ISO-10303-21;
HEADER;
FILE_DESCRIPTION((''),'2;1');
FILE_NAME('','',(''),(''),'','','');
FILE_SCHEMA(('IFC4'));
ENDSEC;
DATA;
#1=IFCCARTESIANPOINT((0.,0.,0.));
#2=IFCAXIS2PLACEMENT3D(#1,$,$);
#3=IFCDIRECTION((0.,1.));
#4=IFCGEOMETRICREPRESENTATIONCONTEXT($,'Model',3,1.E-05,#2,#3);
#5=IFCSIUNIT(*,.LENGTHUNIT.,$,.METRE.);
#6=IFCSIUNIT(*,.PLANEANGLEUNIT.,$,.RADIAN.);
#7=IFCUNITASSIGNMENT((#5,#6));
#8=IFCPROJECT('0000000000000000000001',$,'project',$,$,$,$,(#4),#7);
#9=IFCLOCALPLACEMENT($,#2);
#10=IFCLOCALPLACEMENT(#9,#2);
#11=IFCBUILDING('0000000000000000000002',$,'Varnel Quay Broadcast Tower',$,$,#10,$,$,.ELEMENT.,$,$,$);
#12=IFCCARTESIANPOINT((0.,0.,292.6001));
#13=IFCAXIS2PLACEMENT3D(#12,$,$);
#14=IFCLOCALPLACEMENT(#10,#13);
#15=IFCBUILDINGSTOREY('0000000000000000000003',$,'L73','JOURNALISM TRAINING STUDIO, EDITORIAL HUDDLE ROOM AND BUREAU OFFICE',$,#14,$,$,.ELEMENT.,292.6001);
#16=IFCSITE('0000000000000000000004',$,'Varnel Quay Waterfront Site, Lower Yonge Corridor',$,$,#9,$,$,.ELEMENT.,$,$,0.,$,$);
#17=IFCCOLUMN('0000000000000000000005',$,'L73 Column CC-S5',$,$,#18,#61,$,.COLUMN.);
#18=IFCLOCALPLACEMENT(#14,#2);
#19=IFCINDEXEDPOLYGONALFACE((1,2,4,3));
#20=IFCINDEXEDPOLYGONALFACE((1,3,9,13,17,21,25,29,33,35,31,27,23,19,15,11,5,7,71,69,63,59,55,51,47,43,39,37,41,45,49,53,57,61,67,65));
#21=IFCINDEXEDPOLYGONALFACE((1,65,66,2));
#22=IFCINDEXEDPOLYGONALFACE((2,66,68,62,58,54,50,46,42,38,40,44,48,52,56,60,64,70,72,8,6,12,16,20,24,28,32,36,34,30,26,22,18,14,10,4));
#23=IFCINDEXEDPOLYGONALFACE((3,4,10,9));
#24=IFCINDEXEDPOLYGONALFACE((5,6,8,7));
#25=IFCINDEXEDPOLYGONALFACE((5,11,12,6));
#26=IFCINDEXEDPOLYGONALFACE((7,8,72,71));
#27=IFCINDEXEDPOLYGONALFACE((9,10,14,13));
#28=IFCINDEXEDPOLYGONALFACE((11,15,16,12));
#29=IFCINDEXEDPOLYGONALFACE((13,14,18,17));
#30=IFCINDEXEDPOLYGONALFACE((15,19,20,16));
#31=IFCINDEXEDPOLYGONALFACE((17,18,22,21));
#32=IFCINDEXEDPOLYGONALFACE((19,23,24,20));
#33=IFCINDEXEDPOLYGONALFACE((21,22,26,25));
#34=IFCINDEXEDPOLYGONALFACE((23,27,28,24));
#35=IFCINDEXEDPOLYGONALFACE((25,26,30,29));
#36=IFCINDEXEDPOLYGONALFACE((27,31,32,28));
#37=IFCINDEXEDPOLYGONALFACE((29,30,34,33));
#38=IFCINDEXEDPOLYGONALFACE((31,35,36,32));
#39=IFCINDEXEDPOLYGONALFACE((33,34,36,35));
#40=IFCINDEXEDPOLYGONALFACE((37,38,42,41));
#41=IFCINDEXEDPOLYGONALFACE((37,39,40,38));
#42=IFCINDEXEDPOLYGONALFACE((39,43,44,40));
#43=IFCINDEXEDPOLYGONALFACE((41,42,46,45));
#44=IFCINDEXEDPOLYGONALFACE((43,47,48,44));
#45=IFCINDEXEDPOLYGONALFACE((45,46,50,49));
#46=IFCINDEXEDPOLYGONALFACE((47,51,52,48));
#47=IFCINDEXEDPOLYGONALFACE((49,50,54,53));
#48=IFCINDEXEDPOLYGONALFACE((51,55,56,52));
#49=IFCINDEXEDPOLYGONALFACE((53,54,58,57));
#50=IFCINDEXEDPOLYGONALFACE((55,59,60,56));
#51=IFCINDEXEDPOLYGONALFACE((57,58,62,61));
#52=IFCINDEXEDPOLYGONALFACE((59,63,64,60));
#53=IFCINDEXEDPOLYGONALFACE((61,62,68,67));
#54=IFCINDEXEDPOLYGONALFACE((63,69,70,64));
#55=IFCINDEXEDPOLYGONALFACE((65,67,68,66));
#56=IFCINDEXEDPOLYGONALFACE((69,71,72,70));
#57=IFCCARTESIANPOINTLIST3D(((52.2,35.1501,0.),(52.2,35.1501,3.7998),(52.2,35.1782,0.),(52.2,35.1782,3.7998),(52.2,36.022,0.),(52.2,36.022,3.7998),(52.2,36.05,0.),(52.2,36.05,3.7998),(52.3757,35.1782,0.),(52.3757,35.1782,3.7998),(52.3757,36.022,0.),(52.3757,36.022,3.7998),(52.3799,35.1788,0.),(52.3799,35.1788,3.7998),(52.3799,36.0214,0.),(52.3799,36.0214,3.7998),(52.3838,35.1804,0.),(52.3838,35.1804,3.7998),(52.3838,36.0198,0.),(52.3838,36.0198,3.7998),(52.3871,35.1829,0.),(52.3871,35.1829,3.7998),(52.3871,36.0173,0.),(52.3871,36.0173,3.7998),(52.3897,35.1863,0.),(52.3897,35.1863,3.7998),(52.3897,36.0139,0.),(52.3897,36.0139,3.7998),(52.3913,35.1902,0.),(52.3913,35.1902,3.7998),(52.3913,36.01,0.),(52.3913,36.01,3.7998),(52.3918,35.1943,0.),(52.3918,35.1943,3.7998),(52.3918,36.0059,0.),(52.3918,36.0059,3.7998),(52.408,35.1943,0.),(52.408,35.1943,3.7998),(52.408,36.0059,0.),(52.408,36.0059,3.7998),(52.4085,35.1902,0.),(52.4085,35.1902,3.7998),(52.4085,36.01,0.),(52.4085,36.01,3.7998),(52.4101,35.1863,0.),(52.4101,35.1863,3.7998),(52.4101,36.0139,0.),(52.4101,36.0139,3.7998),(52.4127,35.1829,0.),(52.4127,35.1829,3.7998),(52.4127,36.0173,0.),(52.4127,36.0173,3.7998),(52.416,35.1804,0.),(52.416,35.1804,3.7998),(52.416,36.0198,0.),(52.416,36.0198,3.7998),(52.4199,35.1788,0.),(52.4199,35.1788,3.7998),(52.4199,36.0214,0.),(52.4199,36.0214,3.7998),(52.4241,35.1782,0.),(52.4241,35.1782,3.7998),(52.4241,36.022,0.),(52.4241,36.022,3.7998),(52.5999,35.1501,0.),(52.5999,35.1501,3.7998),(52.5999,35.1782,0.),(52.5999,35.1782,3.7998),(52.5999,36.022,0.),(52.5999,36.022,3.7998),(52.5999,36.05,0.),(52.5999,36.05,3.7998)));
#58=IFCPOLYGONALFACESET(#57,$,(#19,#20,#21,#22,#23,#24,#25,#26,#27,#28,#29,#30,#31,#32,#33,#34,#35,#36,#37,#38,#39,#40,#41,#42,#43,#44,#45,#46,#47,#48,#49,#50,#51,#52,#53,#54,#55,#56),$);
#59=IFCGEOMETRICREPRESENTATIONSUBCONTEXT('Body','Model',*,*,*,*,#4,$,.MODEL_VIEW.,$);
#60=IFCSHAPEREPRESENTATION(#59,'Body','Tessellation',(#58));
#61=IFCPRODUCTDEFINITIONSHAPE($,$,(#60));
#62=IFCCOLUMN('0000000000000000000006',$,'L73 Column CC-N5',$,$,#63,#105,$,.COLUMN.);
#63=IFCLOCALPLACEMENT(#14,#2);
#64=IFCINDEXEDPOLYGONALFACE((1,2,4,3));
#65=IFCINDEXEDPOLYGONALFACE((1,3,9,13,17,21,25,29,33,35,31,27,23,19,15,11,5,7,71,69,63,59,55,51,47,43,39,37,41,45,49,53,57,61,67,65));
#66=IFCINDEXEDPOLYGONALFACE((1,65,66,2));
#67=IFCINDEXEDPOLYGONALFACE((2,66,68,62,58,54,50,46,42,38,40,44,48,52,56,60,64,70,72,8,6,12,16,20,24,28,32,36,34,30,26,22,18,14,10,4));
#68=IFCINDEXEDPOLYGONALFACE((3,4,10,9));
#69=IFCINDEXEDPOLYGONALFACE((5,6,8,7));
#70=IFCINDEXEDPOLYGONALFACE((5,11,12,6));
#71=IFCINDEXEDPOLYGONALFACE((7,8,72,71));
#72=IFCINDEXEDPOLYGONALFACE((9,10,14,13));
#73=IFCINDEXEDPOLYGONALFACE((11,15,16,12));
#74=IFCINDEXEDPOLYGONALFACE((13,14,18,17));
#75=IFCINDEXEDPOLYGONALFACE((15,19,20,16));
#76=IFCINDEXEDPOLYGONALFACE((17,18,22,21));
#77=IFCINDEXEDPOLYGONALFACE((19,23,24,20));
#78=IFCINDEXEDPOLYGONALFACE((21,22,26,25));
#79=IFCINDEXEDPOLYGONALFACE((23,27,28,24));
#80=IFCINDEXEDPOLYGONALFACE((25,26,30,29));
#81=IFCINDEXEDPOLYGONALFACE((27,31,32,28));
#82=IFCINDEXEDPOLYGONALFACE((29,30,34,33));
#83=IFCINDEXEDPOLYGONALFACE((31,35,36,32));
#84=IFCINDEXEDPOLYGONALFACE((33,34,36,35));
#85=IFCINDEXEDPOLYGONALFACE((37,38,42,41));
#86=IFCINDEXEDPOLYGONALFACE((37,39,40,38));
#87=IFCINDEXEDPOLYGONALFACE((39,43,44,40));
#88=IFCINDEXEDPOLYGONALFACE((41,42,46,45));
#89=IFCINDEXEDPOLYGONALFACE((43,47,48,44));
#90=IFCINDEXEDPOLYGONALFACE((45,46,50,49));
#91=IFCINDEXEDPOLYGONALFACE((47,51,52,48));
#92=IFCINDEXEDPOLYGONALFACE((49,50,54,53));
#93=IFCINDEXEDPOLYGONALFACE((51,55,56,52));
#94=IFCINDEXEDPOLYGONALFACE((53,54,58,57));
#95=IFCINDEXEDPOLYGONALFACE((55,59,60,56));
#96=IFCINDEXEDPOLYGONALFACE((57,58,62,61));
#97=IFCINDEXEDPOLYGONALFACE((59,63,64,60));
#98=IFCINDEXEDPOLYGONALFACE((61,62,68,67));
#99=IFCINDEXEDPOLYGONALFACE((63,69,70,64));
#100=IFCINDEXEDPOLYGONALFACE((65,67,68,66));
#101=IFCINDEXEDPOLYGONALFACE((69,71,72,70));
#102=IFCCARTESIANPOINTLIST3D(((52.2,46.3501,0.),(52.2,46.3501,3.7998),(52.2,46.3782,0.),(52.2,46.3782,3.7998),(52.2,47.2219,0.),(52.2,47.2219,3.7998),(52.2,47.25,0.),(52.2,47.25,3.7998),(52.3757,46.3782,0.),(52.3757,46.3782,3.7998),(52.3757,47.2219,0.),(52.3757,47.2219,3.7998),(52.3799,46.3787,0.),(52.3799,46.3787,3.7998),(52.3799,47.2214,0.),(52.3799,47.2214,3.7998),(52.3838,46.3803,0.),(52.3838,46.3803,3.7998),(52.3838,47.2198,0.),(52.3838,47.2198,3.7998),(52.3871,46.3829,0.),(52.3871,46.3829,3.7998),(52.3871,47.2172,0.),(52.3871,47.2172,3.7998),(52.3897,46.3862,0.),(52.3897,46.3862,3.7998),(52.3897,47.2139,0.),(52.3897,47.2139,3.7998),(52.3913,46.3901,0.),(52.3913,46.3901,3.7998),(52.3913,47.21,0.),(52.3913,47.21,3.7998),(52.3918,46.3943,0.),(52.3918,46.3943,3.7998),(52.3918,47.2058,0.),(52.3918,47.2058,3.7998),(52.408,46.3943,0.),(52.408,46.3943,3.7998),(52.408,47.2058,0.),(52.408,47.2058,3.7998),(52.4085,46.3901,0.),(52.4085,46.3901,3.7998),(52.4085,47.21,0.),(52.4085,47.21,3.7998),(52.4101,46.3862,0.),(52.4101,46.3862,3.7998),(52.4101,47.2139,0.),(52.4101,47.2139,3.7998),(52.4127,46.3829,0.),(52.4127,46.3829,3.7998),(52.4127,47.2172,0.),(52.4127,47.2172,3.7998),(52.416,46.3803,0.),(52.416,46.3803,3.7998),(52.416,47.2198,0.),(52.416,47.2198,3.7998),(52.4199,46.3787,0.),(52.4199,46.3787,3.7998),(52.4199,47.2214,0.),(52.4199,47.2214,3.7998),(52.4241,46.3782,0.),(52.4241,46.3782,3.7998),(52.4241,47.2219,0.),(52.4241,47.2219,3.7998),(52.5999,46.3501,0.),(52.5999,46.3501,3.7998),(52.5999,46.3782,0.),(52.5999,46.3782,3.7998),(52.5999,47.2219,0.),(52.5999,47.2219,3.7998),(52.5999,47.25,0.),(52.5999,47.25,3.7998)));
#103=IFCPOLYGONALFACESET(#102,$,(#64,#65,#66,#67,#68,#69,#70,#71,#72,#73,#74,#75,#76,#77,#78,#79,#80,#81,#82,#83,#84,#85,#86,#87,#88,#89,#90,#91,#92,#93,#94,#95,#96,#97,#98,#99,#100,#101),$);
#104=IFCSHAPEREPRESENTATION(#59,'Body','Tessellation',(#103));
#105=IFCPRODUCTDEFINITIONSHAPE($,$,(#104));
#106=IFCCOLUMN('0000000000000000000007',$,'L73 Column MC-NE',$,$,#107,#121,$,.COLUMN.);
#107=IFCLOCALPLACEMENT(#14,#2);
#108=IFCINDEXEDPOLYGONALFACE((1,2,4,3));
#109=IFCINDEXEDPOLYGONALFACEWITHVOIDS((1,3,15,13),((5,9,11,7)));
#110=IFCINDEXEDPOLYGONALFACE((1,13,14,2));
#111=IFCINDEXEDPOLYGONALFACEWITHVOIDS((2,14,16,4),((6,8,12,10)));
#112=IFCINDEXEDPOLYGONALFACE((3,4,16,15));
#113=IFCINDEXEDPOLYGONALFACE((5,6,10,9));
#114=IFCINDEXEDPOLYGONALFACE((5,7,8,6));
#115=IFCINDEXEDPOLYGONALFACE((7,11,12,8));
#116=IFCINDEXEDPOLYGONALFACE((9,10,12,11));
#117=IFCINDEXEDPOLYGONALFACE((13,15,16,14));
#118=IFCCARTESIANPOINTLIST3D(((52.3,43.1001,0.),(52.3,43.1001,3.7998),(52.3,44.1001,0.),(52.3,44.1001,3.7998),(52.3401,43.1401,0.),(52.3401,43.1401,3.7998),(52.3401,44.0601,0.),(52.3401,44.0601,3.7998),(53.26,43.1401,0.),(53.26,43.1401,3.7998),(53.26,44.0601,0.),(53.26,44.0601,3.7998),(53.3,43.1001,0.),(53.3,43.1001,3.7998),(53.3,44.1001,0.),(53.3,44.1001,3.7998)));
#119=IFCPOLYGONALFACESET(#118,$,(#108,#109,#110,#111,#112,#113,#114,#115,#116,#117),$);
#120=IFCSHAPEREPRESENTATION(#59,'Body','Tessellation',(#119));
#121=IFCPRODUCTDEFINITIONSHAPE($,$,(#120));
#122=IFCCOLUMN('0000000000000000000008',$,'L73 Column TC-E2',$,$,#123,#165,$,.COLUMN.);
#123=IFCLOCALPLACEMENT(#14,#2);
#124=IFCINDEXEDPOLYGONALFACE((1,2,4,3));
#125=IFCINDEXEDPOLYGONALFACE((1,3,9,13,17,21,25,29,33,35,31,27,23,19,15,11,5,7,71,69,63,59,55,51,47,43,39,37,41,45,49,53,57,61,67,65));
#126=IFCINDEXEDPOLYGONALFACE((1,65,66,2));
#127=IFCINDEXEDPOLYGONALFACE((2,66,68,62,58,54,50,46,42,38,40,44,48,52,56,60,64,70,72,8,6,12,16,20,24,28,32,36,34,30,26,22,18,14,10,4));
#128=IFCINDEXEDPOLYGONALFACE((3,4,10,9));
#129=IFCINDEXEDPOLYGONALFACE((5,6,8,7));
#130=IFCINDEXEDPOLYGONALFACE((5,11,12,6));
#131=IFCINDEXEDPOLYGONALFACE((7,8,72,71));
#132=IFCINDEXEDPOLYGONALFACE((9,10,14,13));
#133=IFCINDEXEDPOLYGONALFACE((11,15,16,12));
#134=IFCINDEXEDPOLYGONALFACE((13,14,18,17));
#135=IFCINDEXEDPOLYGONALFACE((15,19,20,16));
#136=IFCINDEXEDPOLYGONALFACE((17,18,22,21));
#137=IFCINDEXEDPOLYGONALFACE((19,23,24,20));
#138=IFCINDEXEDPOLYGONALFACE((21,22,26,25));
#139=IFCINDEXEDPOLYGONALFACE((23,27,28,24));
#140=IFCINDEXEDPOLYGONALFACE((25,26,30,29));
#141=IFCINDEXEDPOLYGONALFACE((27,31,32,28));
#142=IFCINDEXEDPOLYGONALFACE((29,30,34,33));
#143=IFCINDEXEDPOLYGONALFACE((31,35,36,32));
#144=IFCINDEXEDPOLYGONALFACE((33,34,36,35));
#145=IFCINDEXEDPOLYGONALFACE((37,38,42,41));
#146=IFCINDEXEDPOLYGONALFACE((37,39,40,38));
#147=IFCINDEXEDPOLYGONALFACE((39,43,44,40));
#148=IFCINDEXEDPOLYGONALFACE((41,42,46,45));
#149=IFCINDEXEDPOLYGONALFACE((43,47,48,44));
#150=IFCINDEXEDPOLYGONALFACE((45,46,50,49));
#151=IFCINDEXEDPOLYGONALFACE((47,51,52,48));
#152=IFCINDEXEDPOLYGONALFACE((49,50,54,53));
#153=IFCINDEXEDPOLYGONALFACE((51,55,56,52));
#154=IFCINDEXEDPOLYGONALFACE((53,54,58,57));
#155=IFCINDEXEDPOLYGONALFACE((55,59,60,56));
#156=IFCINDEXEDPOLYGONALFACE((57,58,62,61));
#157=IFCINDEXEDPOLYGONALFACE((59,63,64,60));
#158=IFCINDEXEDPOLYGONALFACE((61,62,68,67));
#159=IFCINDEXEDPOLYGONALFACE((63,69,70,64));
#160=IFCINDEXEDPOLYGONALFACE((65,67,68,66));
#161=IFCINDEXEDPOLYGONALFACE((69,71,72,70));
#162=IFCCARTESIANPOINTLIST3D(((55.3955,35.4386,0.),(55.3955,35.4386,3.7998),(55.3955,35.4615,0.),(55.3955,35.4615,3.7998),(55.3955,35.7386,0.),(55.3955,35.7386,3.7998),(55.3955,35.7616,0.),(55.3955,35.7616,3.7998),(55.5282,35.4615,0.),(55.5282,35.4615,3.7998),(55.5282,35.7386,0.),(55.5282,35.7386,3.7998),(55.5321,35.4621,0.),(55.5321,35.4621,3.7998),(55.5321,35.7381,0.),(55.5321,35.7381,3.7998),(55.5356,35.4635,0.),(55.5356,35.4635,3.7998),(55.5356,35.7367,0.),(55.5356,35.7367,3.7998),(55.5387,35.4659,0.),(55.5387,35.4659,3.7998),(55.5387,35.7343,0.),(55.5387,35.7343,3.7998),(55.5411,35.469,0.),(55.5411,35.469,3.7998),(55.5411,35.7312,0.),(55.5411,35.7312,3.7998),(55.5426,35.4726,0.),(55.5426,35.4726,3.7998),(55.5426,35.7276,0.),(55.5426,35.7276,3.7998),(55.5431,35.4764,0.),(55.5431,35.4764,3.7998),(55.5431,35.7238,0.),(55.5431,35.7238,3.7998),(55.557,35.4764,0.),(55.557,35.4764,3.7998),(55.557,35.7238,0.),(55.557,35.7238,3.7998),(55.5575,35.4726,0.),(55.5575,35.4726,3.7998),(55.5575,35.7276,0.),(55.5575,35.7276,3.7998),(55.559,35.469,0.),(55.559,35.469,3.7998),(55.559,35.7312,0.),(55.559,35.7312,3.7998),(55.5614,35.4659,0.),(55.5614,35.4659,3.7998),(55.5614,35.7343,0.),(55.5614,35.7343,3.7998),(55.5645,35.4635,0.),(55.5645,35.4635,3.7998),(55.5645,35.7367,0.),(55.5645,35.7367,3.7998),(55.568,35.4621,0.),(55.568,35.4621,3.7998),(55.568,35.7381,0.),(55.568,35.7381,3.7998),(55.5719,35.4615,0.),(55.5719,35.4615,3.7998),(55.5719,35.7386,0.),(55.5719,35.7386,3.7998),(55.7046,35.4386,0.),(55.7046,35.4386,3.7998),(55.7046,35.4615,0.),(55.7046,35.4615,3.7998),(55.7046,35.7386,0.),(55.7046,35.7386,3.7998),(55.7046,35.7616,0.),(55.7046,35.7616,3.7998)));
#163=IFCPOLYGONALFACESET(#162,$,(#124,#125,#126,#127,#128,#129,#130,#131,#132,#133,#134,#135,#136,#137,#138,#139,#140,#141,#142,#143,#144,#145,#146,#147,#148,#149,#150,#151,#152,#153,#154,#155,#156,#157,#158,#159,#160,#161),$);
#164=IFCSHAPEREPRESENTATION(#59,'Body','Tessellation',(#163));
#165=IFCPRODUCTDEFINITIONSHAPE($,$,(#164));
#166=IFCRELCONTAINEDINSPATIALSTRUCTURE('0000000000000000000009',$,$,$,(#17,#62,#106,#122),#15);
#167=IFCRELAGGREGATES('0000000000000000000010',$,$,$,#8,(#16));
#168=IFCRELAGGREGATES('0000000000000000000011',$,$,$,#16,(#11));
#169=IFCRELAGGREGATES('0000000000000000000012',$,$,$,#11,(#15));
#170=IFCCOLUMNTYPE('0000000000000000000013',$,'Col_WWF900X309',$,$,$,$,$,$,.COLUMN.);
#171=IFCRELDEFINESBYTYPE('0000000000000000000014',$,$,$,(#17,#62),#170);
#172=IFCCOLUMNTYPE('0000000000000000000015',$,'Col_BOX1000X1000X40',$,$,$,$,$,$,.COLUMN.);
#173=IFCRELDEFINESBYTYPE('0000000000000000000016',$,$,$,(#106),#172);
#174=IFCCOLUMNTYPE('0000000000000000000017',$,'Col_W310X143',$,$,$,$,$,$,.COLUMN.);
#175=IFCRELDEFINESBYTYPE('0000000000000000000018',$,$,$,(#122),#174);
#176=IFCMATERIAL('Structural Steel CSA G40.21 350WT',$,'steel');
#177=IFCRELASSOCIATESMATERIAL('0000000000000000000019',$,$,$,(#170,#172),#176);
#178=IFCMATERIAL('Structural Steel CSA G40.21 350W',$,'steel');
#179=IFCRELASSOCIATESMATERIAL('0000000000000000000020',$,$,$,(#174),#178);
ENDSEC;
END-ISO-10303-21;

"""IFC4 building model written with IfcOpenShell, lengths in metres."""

from ifc_helpers import new_model, si_unit, direction, frame, origin, origin_2d, place, context, subcontext, project, spatial, hollow_rectangle, i_section, extrude, source, transform, mapped, material, material_profile, profile_set, type_object, type_shapes, element, save


model = new_model("IFC4")

# Units and contexts
model_context = context("Model", 3, precision=1e-05, world=origin(), true_north=direction((0.0, 1.0)))
body_context = subcontext(model_context, "Body", "Model", "MODEL_VIEW")
ifc_project = project(units=[si_unit("LENGTHUNIT", "METRE"), si_unit("PLANEANGLEUNIT", "RADIAN")], contexts=[model_context])

# Site, building, storey
site_placement = place(None, origin())
site = spatial("IfcSite", under=ifc_project, at=site_placement, Name="Varnel Quay Waterfront Site, Lower Yonge Corridor", CompositionType="ELEMENT", RefElevation=0.0)
building_placement = place(site_placement, origin())
building = spatial("IfcBuilding", under=site, at=building_placement, Name="Varnel Quay Broadcast Tower", CompositionType="ELEMENT")
storey_placement = place(building_placement, frame((0.0, 0.0, 292.6001)))
storey = spatial("IfcBuildingStorey", under=building, at=storey_placement, Name="L73", Description="JOURNALISM TRAINING STUDIO, EDITORIAL HUDDLE ROOM AND BUREAU OFFICE", CompositionType="ELEMENT", Elevation=292.6001)

# Columns
ifc_material_1 = material(Name="Structural Steel CSA G40.21 350WT", Category="steel")
ifc_material_profile_1 = material_profile(ifc_material_1, i_section(OverallWidth=0.3999, OverallDepth=0.8999, WebThickness=0.0161, FlangeThickness=0.0281, FilletRadius=0.0161, at=origin_2d()), Name="WWF900X309")
ifc_profile_set_1 = profile_set([ifc_material_profile_1], Name="Structural Steel CSA G40.21 350WT")
column_type_1 = type_object("IfcColumnType", Name="Col_WWF900X309", PredefinedType="COLUMN", material=ifc_profile_set_1)
shared_shape_1 = source(origin(), body_context, "Body", "SweptSolid", [
    extrude(i_section(OverallWidth=0.3999, OverallDepth=0.8999, WebThickness=0.0161, FlangeThickness=0.0281, FilletRadius=0.0161, at=origin_2d()), origin(), (0.0, 0.0, 1.0), 3.7998),
])
type_shapes(column_type_1, [shared_shape_1])
for number, where, z_axis, x_axis, name in (
    (1, (52.3999, 35.6001, 0.0), (0.0, 0.0, 1.0), (1.0, 0.0, 0.0), "L73 Column CC-S5"),
    (2, (52.3999, 46.8, 0.0), (0.0, 0.0, 1.0), (1.0, 0.0, 0.0), "L73 Column CC-N5"),
):
    element("IfcColumn", number, at=place(storey_placement, frame(where, z_axis=z_axis, x_axis=x_axis)), inside=storey, type_object=column_type_1, Name=name, PredefinedType="COLUMN", context=body_context, shape_type="MappedRepresentation", body=[
        mapped(shared_shape_1, transform((0.0, 0.0, 0.0), x_axis=(1.0, 0.0, 0.0), y_axis=(0.0, 1.0, 0.0), z_axis=(0.0, 0.0, 1.0), scale=1.0)),
    ])
ifc_material_profile_2 = material_profile(ifc_material_1, hollow_rectangle(XDim=1.0, YDim=1.0, WallThickness=0.04, at=origin_2d()), Name="BOX1000X1000X40")
ifc_profile_set_2 = profile_set([ifc_material_profile_2], Name="Structural Steel CSA G40.21 350WT")
column_type_2 = type_object("IfcColumnType", Name="Col_BOX1000X1000X40", PredefinedType="COLUMN", material=ifc_profile_set_2)
shared_shape_2 = source(origin(), body_context, "Body", "SweptSolid", [
    extrude(hollow_rectangle(XDim=1.0, YDim=1.0, WallThickness=0.04, at=origin_2d()), origin(), (0.0, 0.0, 1.0), 3.7998),
])
type_shapes(column_type_2, [shared_shape_2])
column_1_placement = place(storey_placement, frame((52.8, 43.6001, 0.0), z_axis=(0.0, 0.0, 1.0), x_axis=(1.0, 0.0, 0.0)))
element("IfcColumn", 3, at=column_1_placement, inside=storey, type_object=column_type_2, Name="L73 Column MC-NE", PredefinedType="COLUMN", context=body_context, shape_type="MappedRepresentation", body=[
    mapped(shared_shape_2, transform((0.0, 0.0, 0.0), x_axis=(1.0, 0.0, 0.0), y_axis=(0.0, 1.0, 0.0), z_axis=(0.0, 0.0, 1.0), scale=1.0)),
])
ifc_material_2 = material(Name="Structural Steel CSA G40.21 350W", Category="steel")
ifc_material_profile_3 = material_profile(ifc_material_2, i_section(OverallWidth=0.3091, OverallDepth=0.323, WebThickness=0.0139, FlangeThickness=0.0229, FilletRadius=0.0149, at=origin_2d()), Name="W310X143")
ifc_profile_set_3 = profile_set([ifc_material_profile_3], Name="Structural Steel CSA G40.21 350W")
column_type_3 = type_object("IfcColumnType", Name="Col_W310X143", PredefinedType="COLUMN", material=ifc_profile_set_3)
shared_shape_3 = source(origin(), body_context, "Body", "SweptSolid", [
    extrude(i_section(OverallWidth=0.3091, OverallDepth=0.323, WebThickness=0.0139, FlangeThickness=0.0229, FilletRadius=0.0149, at=origin_2d()), origin(), (0.0, 0.0, 1.0), 3.7998),
])
type_shapes(column_type_3, [shared_shape_3])
column_2_placement = place(storey_placement, frame((55.55, 35.6001, 0.0), z_axis=(0.0, 0.0, 1.0), x_axis=(1.0, 0.0, 0.0)))
element("IfcColumn", 4, at=column_2_placement, inside=storey, type_object=column_type_3, Name="L73 Column TC-E2", PredefinedType="COLUMN", context=body_context, shape_type="MappedRepresentation", body=[
    mapped(shared_shape_3, transform((0.0, 0.0, 0.0), x_axis=(1.0, 0.0, 0.0), y_axis=(0.0, 1.0, 0.0), z_axis=(0.0, 0.0, 1.0), scale=1.0)),
])

save(model, "model.ifc")
